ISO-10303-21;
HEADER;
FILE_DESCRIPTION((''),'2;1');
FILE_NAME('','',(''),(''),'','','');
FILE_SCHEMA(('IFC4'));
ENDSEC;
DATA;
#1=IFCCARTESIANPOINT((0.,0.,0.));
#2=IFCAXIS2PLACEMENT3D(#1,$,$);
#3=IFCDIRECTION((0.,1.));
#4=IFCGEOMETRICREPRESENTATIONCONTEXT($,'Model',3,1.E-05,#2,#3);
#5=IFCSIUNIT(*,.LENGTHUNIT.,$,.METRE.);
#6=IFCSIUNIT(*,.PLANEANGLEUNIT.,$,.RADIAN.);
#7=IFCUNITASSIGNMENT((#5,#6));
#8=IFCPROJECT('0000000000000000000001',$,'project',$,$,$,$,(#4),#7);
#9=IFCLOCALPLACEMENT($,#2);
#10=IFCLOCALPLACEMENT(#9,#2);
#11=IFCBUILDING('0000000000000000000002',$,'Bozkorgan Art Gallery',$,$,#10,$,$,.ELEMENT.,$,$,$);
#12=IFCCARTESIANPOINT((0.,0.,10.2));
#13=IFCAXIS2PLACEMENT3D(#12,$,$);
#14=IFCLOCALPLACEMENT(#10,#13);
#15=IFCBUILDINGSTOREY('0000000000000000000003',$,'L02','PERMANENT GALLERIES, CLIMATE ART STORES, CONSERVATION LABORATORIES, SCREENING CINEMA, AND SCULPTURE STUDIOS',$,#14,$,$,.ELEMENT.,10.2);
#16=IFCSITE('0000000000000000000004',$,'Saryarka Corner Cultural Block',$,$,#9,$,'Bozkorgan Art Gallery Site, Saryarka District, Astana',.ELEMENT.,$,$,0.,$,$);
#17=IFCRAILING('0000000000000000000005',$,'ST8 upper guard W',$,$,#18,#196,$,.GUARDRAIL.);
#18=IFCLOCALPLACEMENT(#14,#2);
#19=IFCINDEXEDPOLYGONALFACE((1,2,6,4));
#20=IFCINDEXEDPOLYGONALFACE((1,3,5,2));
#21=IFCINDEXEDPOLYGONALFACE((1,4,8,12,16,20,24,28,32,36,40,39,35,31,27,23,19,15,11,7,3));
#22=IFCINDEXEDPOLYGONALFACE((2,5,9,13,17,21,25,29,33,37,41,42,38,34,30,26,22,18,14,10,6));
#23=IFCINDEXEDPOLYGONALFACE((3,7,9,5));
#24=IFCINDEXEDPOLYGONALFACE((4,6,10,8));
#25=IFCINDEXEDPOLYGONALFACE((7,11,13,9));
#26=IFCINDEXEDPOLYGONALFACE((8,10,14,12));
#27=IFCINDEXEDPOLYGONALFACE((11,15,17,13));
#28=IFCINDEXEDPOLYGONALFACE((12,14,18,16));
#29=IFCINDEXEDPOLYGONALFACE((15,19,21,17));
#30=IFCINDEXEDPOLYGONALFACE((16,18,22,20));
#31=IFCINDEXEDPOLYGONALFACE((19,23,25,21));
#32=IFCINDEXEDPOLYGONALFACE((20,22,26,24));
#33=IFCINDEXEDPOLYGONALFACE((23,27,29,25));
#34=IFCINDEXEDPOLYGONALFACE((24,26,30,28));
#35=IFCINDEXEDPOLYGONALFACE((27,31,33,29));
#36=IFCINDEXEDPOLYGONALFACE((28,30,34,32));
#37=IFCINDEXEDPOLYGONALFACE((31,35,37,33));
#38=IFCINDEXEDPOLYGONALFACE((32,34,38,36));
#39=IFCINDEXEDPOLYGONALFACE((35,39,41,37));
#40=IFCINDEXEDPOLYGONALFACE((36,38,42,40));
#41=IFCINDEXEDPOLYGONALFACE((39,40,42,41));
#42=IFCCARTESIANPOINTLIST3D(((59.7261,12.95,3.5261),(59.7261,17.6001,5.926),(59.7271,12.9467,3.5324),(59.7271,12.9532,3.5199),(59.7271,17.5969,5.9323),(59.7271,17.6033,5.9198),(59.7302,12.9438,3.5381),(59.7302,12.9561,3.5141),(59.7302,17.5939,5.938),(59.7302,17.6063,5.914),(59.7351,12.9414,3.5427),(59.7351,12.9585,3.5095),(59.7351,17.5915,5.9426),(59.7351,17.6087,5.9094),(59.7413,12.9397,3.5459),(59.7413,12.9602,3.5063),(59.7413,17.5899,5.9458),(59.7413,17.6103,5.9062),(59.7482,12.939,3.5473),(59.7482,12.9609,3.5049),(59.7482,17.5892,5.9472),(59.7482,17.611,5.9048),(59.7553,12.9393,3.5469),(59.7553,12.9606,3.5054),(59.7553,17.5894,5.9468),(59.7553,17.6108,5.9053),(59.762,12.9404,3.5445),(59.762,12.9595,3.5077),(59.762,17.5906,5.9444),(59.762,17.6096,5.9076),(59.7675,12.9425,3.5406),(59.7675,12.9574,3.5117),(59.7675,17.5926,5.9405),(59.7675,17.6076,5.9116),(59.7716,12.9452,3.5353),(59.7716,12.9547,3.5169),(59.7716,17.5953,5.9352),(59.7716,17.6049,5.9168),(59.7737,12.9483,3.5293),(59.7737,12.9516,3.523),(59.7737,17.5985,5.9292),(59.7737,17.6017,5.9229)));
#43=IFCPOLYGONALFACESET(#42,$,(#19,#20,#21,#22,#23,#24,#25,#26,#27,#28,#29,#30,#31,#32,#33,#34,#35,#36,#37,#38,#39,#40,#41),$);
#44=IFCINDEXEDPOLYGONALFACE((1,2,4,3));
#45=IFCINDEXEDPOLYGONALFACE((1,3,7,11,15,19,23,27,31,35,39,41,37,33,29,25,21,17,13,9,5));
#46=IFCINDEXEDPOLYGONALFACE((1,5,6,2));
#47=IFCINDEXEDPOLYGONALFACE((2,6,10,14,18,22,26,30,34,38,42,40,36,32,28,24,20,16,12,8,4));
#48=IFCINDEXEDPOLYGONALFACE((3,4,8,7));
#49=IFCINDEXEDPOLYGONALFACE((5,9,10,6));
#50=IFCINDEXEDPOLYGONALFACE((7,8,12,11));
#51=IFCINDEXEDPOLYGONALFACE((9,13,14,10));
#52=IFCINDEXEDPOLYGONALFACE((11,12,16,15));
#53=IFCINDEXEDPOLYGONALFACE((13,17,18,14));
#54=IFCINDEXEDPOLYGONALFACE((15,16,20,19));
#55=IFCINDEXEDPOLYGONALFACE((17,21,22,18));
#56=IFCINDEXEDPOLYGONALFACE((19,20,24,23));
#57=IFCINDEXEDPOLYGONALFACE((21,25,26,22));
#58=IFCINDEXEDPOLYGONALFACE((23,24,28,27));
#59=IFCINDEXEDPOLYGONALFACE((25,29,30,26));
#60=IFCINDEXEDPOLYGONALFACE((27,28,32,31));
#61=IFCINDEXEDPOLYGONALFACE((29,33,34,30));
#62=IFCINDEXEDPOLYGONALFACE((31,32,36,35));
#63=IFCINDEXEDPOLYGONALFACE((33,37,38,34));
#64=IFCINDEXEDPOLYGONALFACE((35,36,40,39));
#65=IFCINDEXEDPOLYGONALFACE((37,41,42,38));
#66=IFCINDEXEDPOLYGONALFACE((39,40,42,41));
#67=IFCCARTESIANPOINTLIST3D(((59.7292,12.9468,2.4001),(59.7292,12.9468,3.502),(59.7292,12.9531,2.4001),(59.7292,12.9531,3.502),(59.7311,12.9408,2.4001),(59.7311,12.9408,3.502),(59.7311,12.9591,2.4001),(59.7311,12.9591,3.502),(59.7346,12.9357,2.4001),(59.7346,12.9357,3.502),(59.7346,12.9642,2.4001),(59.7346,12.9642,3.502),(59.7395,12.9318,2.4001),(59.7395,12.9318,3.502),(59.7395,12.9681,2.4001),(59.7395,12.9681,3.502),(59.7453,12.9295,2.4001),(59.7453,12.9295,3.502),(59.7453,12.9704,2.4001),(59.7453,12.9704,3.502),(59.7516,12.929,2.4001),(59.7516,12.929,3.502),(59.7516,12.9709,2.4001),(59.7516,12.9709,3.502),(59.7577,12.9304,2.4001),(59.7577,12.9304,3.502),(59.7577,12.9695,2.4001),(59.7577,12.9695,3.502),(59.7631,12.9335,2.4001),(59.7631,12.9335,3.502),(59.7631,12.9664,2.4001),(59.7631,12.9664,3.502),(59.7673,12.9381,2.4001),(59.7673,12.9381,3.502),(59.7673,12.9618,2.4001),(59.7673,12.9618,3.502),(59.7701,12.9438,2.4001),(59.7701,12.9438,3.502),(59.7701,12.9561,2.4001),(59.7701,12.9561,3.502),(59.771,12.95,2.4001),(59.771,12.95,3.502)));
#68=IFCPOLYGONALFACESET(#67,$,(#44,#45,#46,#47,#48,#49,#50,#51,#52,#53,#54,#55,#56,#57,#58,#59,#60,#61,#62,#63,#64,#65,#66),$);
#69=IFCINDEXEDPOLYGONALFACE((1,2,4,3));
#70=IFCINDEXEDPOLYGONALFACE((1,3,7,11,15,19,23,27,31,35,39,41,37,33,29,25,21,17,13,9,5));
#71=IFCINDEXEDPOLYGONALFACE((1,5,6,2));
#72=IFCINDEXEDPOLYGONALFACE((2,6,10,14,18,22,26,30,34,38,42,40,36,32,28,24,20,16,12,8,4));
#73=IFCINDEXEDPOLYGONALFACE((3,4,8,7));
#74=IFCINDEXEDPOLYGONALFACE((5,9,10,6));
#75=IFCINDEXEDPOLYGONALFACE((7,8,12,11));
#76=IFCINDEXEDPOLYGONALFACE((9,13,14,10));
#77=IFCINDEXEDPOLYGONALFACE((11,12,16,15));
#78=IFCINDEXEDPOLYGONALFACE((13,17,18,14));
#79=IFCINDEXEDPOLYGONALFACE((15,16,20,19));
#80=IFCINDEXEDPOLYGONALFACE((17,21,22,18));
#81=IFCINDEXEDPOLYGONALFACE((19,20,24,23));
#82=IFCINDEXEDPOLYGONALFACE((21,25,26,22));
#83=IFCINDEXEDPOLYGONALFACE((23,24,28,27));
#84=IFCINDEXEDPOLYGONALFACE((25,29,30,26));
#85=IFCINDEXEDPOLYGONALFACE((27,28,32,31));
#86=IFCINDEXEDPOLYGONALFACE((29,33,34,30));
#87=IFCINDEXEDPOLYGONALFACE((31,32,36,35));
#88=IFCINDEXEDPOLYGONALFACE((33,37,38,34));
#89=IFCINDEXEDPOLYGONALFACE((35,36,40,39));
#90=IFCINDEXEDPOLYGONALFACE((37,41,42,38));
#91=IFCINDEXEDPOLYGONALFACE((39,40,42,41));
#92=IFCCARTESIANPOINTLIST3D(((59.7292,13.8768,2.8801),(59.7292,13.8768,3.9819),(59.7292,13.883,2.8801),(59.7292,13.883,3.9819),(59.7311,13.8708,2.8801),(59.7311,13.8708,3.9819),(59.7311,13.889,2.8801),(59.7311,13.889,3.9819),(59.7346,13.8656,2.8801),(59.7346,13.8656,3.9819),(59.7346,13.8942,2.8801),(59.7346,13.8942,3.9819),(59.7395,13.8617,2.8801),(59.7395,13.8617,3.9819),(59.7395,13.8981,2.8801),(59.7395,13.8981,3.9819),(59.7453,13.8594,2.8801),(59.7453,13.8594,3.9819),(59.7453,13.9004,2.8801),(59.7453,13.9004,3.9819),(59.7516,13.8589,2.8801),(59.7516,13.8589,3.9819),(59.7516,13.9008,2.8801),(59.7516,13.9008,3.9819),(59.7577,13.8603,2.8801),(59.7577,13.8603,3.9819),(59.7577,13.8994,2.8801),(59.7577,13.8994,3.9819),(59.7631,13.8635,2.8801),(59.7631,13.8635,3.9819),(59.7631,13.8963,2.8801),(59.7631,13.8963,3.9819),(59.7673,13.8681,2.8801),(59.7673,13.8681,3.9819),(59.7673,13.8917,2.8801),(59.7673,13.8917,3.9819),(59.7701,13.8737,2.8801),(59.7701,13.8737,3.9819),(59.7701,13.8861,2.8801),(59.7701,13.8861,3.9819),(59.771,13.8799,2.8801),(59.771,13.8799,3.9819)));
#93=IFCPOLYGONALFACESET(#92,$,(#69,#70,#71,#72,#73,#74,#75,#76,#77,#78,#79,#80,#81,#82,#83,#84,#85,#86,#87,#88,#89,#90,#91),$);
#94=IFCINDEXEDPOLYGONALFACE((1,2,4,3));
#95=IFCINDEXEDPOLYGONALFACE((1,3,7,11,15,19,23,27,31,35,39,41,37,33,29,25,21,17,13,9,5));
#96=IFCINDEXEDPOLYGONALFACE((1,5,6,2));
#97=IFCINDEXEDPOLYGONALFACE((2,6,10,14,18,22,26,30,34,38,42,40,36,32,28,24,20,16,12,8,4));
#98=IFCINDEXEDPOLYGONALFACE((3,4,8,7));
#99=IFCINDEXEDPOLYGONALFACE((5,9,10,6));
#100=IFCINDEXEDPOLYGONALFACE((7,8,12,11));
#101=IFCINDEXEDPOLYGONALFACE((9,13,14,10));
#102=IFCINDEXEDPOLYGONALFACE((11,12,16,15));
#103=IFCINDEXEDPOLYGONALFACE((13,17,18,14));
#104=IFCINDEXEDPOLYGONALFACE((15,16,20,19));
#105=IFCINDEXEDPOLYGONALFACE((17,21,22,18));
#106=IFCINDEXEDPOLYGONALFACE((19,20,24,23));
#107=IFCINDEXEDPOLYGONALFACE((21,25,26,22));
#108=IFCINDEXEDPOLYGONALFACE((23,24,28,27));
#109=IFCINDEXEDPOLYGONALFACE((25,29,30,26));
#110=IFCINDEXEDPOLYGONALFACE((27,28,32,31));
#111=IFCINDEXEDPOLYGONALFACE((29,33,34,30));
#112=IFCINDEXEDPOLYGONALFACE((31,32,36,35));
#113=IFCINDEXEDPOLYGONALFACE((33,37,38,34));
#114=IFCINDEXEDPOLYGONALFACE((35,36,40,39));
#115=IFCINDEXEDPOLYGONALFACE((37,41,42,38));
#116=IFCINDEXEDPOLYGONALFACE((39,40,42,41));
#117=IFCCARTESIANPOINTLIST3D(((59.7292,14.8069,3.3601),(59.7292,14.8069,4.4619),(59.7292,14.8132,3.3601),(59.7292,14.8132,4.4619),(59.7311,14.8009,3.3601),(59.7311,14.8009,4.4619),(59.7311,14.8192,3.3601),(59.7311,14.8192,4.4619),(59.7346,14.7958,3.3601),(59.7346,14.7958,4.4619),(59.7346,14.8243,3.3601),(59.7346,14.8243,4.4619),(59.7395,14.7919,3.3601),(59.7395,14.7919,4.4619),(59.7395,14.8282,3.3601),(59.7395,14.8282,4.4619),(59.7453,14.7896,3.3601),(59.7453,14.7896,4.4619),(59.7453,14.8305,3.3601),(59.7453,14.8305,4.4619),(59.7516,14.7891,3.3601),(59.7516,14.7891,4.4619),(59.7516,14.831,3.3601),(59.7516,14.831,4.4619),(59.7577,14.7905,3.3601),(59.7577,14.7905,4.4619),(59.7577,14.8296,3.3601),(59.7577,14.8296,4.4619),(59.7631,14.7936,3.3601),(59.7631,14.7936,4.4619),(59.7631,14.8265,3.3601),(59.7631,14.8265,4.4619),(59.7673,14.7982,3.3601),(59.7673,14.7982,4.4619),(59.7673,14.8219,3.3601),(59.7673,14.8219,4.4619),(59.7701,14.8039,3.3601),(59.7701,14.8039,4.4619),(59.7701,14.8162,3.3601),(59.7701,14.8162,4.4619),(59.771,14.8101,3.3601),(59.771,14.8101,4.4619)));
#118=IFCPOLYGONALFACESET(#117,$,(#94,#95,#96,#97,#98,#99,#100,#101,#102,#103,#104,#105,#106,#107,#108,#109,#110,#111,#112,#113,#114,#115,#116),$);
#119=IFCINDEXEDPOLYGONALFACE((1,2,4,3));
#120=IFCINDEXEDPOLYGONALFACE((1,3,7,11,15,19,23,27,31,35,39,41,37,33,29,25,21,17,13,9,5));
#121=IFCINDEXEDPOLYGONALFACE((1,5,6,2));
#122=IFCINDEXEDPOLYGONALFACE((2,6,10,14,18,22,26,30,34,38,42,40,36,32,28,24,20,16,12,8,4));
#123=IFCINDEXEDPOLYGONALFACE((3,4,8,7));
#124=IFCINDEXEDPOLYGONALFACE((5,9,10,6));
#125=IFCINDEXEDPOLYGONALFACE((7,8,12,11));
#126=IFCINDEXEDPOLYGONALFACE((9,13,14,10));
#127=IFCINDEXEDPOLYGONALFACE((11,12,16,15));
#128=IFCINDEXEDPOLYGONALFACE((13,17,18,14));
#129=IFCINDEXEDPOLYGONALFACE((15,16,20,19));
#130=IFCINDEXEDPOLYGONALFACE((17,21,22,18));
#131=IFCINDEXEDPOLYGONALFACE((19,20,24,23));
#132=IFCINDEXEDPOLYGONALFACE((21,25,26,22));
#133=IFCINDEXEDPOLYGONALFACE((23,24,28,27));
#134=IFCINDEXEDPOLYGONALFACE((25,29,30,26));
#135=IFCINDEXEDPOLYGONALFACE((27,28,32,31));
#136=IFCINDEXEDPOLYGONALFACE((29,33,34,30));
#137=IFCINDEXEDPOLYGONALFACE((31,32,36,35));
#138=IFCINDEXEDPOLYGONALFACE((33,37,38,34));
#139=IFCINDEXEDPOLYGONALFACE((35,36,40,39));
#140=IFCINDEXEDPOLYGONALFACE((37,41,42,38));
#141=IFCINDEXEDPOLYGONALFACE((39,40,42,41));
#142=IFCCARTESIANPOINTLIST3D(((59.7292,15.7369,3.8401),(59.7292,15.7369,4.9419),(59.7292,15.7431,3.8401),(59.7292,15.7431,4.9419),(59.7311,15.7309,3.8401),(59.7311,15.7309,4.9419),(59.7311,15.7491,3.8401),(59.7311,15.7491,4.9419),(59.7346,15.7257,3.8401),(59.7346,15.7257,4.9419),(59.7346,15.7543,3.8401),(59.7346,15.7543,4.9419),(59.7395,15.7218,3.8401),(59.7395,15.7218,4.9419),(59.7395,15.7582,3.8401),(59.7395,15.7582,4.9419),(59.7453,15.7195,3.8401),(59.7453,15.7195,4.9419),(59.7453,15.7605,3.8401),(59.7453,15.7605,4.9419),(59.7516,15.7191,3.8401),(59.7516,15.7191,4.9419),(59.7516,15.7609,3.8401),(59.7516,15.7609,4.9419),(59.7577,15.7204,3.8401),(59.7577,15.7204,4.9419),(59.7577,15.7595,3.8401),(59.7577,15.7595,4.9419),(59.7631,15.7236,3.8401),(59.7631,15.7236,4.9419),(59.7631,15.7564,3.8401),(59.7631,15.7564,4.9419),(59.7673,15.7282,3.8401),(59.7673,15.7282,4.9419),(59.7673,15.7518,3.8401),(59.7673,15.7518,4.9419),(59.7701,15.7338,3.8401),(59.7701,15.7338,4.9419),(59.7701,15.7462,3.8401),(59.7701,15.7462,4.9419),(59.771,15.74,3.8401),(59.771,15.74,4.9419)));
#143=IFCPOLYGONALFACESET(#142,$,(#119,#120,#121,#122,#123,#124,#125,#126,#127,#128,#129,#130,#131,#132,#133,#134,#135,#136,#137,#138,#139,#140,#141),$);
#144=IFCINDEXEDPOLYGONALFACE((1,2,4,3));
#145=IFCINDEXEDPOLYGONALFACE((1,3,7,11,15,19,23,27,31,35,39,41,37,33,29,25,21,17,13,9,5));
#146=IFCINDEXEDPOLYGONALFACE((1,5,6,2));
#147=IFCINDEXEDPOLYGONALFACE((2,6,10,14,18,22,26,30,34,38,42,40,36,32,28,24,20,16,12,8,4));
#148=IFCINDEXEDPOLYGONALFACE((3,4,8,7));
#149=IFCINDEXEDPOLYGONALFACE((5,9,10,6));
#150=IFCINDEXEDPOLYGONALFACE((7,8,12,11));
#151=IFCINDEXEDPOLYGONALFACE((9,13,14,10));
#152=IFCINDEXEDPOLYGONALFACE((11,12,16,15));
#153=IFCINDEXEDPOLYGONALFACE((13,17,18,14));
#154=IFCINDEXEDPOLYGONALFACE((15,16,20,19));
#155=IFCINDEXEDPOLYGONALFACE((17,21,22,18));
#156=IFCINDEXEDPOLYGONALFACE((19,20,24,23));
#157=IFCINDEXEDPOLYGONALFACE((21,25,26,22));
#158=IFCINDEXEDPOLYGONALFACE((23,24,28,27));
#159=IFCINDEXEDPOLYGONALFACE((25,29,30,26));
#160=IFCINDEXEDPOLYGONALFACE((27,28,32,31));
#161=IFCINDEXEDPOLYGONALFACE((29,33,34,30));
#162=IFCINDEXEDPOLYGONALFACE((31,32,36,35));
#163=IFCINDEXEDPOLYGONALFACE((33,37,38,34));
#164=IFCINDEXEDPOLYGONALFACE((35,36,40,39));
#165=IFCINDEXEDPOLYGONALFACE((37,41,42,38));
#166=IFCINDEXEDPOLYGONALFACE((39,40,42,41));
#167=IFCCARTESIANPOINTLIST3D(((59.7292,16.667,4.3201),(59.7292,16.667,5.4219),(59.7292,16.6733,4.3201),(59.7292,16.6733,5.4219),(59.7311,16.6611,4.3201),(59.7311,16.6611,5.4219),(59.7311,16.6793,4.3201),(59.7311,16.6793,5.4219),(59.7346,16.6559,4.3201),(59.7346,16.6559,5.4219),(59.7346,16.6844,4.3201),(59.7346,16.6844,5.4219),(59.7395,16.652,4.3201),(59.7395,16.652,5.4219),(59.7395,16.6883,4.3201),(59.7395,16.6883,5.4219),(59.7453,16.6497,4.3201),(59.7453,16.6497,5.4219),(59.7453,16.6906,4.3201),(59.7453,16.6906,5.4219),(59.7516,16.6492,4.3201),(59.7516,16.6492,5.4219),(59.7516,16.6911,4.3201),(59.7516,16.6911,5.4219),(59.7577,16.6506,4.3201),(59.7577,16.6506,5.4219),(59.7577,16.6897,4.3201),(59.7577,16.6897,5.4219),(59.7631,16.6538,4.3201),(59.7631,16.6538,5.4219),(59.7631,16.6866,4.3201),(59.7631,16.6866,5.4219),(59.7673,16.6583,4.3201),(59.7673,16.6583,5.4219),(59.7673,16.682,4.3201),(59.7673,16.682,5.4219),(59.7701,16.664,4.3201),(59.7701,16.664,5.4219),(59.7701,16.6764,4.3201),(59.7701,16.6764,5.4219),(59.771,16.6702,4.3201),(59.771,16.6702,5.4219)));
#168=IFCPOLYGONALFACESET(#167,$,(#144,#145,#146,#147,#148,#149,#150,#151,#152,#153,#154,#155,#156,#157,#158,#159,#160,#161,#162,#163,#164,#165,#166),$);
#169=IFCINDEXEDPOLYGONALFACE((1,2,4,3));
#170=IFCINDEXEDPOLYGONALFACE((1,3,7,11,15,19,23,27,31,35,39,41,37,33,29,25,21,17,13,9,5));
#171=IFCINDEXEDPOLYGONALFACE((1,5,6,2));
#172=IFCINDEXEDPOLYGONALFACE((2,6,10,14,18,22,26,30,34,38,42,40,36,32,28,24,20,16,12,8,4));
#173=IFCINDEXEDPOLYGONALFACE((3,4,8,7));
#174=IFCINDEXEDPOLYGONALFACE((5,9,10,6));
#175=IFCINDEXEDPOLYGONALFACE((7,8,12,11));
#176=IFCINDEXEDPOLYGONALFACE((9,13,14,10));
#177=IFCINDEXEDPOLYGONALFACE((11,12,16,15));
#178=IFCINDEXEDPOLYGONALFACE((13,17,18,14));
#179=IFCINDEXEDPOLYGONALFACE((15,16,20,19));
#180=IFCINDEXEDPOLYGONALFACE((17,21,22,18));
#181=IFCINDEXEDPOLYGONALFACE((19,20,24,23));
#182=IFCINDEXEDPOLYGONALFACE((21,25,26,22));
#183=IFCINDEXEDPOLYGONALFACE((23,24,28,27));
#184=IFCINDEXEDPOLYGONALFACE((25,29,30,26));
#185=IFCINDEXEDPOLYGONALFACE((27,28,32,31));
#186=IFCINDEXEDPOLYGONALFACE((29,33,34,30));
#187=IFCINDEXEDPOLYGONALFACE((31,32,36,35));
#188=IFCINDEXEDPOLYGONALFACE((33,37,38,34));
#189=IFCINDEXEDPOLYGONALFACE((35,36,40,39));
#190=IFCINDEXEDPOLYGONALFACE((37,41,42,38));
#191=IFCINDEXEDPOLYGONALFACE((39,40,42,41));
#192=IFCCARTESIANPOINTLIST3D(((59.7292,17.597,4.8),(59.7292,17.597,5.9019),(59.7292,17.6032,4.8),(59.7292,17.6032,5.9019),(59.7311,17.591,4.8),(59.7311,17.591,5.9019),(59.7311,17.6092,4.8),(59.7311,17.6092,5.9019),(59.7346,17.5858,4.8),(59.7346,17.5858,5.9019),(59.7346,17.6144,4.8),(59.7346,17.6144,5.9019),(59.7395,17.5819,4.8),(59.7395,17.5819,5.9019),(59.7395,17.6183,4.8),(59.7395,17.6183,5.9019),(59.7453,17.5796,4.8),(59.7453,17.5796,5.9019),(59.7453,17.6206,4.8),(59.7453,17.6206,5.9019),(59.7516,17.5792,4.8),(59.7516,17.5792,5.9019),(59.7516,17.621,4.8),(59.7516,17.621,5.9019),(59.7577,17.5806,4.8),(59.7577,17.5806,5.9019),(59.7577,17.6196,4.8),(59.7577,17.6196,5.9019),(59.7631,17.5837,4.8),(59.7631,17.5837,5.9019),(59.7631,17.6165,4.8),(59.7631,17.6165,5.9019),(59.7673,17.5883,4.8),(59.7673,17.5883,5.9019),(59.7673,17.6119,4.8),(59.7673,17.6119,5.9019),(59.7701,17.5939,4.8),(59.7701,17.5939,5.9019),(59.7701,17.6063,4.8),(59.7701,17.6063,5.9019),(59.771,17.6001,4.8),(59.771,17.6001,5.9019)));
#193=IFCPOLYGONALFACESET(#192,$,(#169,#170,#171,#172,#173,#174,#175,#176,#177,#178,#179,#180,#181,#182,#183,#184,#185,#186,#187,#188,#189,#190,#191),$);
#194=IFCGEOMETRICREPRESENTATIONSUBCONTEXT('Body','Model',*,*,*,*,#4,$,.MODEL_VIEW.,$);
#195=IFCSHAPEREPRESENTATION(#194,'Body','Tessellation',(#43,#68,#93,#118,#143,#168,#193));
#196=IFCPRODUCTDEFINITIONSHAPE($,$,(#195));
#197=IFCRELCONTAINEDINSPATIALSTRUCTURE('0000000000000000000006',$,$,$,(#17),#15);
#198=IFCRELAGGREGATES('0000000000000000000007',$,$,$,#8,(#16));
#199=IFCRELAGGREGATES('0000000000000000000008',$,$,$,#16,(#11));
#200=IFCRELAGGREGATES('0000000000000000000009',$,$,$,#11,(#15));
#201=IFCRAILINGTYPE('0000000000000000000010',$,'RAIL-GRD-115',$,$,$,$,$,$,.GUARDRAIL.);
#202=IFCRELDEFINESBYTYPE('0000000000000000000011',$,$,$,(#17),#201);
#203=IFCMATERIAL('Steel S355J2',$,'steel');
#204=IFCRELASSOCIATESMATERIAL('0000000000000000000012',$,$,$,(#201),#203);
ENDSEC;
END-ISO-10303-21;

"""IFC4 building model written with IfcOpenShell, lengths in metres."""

from ifc_helpers import new_model, si_unit, direction, frame, origin, origin_2d, place, context, subcontext, project, spatial, circle, extrude, material, type_object, element, save


model = new_model("IFC4")

# Units and contexts
model_context = context("Model", 3, precision=1e-05, world=origin(), true_north=direction((0.0, 1.0)))
body_context = subcontext(model_context, "Body", "Model", "MODEL_VIEW")
ifc_project = project(units=[si_unit("LENGTHUNIT", "METRE"), si_unit("PLANEANGLEUNIT", "RADIAN")], contexts=[model_context])

# Site, building, storey
site_placement = place(None, origin())
site = spatial("IfcSite", under=ifc_project, at=site_placement, Name="Saryarka Corner Cultural Block", LongName="Bozkorgan Art Gallery Site, Saryarka District, Astana", CompositionType="ELEMENT", RefElevation=0.0)
building_placement = place(site_placement, origin())
building = spatial("IfcBuilding", under=site, at=building_placement, Name="Bozkorgan Art Gallery", CompositionType="ELEMENT")
storey_placement = place(building_placement, frame((0.0, 0.0, 10.2)))
storey = spatial("IfcBuildingStorey", under=building, at=storey_placement, Name="L02", Description="PERMANENT GALLERIES, CLIMATE ART STORES, CONSERVATION LABORATORIES, SCREENING CINEMA, AND SCULPTURE STUDIOS", CompositionType="ELEMENT", Elevation=10.2)

# Shared definitions
ifc_material_1 = material(Name="Steel S355J2", Category="steel")

# Railing
railing_type = type_object("IfcRailingType", Name="RAIL-GRD-115", PredefinedType="GUARDRAIL", material=ifc_material_1)
for number, where, name in (
    (1, (59.75, 12.95, 2.4001), "ST8 upper guard W"),
):
    element("IfcRailing", number, at=place(storey_placement, frame(where)), inside=storey, type_object=railing_type, Name=name, PredefinedType="GUARDRAIL", context=body_context, shape_type="SweptSolid", body=[
        extrude(circle(Radius=0.0239, at=origin_2d()), frame((0.0, 0.0, 1.126), z_axis=(0.0, 0.888634, 0.458617), x_axis=(-1.0, 0.0, 0.0)), (0.0, 0.0, 1.0), 5.2329),
        extrude(circle(Radius=0.021, at=origin_2d()), origin(), (0.0, 0.0, 1.0), 1.1018),
        extrude(circle(Radius=0.021, at=origin_2d()), frame((0.0, 0.9299, 0.48)), (0.0, 0.0, 1.0), 1.1018),
        extrude(circle(Radius=0.021, at=origin_2d()), frame((0.0, 1.8601, 0.96)), (0.0, 0.0, 1.0), 1.1018),
        extrude(circle(Radius=0.021, at=origin_2d()), frame((0.0, 2.79, 1.4399)), (0.0, 0.0, 1.0), 1.1018),
        extrude(circle(Radius=0.021, at=origin_2d()), frame((0.0, 3.7202, 1.9199)), (0.0, 0.0, 1.0), 1.1018),
        extrude(circle(Radius=0.021, at=origin_2d()), frame((0.0, 4.6501, 2.3999)), (0.0, 0.0, 1.0), 1.1018),
    ])

save(model, "model.ifc")
